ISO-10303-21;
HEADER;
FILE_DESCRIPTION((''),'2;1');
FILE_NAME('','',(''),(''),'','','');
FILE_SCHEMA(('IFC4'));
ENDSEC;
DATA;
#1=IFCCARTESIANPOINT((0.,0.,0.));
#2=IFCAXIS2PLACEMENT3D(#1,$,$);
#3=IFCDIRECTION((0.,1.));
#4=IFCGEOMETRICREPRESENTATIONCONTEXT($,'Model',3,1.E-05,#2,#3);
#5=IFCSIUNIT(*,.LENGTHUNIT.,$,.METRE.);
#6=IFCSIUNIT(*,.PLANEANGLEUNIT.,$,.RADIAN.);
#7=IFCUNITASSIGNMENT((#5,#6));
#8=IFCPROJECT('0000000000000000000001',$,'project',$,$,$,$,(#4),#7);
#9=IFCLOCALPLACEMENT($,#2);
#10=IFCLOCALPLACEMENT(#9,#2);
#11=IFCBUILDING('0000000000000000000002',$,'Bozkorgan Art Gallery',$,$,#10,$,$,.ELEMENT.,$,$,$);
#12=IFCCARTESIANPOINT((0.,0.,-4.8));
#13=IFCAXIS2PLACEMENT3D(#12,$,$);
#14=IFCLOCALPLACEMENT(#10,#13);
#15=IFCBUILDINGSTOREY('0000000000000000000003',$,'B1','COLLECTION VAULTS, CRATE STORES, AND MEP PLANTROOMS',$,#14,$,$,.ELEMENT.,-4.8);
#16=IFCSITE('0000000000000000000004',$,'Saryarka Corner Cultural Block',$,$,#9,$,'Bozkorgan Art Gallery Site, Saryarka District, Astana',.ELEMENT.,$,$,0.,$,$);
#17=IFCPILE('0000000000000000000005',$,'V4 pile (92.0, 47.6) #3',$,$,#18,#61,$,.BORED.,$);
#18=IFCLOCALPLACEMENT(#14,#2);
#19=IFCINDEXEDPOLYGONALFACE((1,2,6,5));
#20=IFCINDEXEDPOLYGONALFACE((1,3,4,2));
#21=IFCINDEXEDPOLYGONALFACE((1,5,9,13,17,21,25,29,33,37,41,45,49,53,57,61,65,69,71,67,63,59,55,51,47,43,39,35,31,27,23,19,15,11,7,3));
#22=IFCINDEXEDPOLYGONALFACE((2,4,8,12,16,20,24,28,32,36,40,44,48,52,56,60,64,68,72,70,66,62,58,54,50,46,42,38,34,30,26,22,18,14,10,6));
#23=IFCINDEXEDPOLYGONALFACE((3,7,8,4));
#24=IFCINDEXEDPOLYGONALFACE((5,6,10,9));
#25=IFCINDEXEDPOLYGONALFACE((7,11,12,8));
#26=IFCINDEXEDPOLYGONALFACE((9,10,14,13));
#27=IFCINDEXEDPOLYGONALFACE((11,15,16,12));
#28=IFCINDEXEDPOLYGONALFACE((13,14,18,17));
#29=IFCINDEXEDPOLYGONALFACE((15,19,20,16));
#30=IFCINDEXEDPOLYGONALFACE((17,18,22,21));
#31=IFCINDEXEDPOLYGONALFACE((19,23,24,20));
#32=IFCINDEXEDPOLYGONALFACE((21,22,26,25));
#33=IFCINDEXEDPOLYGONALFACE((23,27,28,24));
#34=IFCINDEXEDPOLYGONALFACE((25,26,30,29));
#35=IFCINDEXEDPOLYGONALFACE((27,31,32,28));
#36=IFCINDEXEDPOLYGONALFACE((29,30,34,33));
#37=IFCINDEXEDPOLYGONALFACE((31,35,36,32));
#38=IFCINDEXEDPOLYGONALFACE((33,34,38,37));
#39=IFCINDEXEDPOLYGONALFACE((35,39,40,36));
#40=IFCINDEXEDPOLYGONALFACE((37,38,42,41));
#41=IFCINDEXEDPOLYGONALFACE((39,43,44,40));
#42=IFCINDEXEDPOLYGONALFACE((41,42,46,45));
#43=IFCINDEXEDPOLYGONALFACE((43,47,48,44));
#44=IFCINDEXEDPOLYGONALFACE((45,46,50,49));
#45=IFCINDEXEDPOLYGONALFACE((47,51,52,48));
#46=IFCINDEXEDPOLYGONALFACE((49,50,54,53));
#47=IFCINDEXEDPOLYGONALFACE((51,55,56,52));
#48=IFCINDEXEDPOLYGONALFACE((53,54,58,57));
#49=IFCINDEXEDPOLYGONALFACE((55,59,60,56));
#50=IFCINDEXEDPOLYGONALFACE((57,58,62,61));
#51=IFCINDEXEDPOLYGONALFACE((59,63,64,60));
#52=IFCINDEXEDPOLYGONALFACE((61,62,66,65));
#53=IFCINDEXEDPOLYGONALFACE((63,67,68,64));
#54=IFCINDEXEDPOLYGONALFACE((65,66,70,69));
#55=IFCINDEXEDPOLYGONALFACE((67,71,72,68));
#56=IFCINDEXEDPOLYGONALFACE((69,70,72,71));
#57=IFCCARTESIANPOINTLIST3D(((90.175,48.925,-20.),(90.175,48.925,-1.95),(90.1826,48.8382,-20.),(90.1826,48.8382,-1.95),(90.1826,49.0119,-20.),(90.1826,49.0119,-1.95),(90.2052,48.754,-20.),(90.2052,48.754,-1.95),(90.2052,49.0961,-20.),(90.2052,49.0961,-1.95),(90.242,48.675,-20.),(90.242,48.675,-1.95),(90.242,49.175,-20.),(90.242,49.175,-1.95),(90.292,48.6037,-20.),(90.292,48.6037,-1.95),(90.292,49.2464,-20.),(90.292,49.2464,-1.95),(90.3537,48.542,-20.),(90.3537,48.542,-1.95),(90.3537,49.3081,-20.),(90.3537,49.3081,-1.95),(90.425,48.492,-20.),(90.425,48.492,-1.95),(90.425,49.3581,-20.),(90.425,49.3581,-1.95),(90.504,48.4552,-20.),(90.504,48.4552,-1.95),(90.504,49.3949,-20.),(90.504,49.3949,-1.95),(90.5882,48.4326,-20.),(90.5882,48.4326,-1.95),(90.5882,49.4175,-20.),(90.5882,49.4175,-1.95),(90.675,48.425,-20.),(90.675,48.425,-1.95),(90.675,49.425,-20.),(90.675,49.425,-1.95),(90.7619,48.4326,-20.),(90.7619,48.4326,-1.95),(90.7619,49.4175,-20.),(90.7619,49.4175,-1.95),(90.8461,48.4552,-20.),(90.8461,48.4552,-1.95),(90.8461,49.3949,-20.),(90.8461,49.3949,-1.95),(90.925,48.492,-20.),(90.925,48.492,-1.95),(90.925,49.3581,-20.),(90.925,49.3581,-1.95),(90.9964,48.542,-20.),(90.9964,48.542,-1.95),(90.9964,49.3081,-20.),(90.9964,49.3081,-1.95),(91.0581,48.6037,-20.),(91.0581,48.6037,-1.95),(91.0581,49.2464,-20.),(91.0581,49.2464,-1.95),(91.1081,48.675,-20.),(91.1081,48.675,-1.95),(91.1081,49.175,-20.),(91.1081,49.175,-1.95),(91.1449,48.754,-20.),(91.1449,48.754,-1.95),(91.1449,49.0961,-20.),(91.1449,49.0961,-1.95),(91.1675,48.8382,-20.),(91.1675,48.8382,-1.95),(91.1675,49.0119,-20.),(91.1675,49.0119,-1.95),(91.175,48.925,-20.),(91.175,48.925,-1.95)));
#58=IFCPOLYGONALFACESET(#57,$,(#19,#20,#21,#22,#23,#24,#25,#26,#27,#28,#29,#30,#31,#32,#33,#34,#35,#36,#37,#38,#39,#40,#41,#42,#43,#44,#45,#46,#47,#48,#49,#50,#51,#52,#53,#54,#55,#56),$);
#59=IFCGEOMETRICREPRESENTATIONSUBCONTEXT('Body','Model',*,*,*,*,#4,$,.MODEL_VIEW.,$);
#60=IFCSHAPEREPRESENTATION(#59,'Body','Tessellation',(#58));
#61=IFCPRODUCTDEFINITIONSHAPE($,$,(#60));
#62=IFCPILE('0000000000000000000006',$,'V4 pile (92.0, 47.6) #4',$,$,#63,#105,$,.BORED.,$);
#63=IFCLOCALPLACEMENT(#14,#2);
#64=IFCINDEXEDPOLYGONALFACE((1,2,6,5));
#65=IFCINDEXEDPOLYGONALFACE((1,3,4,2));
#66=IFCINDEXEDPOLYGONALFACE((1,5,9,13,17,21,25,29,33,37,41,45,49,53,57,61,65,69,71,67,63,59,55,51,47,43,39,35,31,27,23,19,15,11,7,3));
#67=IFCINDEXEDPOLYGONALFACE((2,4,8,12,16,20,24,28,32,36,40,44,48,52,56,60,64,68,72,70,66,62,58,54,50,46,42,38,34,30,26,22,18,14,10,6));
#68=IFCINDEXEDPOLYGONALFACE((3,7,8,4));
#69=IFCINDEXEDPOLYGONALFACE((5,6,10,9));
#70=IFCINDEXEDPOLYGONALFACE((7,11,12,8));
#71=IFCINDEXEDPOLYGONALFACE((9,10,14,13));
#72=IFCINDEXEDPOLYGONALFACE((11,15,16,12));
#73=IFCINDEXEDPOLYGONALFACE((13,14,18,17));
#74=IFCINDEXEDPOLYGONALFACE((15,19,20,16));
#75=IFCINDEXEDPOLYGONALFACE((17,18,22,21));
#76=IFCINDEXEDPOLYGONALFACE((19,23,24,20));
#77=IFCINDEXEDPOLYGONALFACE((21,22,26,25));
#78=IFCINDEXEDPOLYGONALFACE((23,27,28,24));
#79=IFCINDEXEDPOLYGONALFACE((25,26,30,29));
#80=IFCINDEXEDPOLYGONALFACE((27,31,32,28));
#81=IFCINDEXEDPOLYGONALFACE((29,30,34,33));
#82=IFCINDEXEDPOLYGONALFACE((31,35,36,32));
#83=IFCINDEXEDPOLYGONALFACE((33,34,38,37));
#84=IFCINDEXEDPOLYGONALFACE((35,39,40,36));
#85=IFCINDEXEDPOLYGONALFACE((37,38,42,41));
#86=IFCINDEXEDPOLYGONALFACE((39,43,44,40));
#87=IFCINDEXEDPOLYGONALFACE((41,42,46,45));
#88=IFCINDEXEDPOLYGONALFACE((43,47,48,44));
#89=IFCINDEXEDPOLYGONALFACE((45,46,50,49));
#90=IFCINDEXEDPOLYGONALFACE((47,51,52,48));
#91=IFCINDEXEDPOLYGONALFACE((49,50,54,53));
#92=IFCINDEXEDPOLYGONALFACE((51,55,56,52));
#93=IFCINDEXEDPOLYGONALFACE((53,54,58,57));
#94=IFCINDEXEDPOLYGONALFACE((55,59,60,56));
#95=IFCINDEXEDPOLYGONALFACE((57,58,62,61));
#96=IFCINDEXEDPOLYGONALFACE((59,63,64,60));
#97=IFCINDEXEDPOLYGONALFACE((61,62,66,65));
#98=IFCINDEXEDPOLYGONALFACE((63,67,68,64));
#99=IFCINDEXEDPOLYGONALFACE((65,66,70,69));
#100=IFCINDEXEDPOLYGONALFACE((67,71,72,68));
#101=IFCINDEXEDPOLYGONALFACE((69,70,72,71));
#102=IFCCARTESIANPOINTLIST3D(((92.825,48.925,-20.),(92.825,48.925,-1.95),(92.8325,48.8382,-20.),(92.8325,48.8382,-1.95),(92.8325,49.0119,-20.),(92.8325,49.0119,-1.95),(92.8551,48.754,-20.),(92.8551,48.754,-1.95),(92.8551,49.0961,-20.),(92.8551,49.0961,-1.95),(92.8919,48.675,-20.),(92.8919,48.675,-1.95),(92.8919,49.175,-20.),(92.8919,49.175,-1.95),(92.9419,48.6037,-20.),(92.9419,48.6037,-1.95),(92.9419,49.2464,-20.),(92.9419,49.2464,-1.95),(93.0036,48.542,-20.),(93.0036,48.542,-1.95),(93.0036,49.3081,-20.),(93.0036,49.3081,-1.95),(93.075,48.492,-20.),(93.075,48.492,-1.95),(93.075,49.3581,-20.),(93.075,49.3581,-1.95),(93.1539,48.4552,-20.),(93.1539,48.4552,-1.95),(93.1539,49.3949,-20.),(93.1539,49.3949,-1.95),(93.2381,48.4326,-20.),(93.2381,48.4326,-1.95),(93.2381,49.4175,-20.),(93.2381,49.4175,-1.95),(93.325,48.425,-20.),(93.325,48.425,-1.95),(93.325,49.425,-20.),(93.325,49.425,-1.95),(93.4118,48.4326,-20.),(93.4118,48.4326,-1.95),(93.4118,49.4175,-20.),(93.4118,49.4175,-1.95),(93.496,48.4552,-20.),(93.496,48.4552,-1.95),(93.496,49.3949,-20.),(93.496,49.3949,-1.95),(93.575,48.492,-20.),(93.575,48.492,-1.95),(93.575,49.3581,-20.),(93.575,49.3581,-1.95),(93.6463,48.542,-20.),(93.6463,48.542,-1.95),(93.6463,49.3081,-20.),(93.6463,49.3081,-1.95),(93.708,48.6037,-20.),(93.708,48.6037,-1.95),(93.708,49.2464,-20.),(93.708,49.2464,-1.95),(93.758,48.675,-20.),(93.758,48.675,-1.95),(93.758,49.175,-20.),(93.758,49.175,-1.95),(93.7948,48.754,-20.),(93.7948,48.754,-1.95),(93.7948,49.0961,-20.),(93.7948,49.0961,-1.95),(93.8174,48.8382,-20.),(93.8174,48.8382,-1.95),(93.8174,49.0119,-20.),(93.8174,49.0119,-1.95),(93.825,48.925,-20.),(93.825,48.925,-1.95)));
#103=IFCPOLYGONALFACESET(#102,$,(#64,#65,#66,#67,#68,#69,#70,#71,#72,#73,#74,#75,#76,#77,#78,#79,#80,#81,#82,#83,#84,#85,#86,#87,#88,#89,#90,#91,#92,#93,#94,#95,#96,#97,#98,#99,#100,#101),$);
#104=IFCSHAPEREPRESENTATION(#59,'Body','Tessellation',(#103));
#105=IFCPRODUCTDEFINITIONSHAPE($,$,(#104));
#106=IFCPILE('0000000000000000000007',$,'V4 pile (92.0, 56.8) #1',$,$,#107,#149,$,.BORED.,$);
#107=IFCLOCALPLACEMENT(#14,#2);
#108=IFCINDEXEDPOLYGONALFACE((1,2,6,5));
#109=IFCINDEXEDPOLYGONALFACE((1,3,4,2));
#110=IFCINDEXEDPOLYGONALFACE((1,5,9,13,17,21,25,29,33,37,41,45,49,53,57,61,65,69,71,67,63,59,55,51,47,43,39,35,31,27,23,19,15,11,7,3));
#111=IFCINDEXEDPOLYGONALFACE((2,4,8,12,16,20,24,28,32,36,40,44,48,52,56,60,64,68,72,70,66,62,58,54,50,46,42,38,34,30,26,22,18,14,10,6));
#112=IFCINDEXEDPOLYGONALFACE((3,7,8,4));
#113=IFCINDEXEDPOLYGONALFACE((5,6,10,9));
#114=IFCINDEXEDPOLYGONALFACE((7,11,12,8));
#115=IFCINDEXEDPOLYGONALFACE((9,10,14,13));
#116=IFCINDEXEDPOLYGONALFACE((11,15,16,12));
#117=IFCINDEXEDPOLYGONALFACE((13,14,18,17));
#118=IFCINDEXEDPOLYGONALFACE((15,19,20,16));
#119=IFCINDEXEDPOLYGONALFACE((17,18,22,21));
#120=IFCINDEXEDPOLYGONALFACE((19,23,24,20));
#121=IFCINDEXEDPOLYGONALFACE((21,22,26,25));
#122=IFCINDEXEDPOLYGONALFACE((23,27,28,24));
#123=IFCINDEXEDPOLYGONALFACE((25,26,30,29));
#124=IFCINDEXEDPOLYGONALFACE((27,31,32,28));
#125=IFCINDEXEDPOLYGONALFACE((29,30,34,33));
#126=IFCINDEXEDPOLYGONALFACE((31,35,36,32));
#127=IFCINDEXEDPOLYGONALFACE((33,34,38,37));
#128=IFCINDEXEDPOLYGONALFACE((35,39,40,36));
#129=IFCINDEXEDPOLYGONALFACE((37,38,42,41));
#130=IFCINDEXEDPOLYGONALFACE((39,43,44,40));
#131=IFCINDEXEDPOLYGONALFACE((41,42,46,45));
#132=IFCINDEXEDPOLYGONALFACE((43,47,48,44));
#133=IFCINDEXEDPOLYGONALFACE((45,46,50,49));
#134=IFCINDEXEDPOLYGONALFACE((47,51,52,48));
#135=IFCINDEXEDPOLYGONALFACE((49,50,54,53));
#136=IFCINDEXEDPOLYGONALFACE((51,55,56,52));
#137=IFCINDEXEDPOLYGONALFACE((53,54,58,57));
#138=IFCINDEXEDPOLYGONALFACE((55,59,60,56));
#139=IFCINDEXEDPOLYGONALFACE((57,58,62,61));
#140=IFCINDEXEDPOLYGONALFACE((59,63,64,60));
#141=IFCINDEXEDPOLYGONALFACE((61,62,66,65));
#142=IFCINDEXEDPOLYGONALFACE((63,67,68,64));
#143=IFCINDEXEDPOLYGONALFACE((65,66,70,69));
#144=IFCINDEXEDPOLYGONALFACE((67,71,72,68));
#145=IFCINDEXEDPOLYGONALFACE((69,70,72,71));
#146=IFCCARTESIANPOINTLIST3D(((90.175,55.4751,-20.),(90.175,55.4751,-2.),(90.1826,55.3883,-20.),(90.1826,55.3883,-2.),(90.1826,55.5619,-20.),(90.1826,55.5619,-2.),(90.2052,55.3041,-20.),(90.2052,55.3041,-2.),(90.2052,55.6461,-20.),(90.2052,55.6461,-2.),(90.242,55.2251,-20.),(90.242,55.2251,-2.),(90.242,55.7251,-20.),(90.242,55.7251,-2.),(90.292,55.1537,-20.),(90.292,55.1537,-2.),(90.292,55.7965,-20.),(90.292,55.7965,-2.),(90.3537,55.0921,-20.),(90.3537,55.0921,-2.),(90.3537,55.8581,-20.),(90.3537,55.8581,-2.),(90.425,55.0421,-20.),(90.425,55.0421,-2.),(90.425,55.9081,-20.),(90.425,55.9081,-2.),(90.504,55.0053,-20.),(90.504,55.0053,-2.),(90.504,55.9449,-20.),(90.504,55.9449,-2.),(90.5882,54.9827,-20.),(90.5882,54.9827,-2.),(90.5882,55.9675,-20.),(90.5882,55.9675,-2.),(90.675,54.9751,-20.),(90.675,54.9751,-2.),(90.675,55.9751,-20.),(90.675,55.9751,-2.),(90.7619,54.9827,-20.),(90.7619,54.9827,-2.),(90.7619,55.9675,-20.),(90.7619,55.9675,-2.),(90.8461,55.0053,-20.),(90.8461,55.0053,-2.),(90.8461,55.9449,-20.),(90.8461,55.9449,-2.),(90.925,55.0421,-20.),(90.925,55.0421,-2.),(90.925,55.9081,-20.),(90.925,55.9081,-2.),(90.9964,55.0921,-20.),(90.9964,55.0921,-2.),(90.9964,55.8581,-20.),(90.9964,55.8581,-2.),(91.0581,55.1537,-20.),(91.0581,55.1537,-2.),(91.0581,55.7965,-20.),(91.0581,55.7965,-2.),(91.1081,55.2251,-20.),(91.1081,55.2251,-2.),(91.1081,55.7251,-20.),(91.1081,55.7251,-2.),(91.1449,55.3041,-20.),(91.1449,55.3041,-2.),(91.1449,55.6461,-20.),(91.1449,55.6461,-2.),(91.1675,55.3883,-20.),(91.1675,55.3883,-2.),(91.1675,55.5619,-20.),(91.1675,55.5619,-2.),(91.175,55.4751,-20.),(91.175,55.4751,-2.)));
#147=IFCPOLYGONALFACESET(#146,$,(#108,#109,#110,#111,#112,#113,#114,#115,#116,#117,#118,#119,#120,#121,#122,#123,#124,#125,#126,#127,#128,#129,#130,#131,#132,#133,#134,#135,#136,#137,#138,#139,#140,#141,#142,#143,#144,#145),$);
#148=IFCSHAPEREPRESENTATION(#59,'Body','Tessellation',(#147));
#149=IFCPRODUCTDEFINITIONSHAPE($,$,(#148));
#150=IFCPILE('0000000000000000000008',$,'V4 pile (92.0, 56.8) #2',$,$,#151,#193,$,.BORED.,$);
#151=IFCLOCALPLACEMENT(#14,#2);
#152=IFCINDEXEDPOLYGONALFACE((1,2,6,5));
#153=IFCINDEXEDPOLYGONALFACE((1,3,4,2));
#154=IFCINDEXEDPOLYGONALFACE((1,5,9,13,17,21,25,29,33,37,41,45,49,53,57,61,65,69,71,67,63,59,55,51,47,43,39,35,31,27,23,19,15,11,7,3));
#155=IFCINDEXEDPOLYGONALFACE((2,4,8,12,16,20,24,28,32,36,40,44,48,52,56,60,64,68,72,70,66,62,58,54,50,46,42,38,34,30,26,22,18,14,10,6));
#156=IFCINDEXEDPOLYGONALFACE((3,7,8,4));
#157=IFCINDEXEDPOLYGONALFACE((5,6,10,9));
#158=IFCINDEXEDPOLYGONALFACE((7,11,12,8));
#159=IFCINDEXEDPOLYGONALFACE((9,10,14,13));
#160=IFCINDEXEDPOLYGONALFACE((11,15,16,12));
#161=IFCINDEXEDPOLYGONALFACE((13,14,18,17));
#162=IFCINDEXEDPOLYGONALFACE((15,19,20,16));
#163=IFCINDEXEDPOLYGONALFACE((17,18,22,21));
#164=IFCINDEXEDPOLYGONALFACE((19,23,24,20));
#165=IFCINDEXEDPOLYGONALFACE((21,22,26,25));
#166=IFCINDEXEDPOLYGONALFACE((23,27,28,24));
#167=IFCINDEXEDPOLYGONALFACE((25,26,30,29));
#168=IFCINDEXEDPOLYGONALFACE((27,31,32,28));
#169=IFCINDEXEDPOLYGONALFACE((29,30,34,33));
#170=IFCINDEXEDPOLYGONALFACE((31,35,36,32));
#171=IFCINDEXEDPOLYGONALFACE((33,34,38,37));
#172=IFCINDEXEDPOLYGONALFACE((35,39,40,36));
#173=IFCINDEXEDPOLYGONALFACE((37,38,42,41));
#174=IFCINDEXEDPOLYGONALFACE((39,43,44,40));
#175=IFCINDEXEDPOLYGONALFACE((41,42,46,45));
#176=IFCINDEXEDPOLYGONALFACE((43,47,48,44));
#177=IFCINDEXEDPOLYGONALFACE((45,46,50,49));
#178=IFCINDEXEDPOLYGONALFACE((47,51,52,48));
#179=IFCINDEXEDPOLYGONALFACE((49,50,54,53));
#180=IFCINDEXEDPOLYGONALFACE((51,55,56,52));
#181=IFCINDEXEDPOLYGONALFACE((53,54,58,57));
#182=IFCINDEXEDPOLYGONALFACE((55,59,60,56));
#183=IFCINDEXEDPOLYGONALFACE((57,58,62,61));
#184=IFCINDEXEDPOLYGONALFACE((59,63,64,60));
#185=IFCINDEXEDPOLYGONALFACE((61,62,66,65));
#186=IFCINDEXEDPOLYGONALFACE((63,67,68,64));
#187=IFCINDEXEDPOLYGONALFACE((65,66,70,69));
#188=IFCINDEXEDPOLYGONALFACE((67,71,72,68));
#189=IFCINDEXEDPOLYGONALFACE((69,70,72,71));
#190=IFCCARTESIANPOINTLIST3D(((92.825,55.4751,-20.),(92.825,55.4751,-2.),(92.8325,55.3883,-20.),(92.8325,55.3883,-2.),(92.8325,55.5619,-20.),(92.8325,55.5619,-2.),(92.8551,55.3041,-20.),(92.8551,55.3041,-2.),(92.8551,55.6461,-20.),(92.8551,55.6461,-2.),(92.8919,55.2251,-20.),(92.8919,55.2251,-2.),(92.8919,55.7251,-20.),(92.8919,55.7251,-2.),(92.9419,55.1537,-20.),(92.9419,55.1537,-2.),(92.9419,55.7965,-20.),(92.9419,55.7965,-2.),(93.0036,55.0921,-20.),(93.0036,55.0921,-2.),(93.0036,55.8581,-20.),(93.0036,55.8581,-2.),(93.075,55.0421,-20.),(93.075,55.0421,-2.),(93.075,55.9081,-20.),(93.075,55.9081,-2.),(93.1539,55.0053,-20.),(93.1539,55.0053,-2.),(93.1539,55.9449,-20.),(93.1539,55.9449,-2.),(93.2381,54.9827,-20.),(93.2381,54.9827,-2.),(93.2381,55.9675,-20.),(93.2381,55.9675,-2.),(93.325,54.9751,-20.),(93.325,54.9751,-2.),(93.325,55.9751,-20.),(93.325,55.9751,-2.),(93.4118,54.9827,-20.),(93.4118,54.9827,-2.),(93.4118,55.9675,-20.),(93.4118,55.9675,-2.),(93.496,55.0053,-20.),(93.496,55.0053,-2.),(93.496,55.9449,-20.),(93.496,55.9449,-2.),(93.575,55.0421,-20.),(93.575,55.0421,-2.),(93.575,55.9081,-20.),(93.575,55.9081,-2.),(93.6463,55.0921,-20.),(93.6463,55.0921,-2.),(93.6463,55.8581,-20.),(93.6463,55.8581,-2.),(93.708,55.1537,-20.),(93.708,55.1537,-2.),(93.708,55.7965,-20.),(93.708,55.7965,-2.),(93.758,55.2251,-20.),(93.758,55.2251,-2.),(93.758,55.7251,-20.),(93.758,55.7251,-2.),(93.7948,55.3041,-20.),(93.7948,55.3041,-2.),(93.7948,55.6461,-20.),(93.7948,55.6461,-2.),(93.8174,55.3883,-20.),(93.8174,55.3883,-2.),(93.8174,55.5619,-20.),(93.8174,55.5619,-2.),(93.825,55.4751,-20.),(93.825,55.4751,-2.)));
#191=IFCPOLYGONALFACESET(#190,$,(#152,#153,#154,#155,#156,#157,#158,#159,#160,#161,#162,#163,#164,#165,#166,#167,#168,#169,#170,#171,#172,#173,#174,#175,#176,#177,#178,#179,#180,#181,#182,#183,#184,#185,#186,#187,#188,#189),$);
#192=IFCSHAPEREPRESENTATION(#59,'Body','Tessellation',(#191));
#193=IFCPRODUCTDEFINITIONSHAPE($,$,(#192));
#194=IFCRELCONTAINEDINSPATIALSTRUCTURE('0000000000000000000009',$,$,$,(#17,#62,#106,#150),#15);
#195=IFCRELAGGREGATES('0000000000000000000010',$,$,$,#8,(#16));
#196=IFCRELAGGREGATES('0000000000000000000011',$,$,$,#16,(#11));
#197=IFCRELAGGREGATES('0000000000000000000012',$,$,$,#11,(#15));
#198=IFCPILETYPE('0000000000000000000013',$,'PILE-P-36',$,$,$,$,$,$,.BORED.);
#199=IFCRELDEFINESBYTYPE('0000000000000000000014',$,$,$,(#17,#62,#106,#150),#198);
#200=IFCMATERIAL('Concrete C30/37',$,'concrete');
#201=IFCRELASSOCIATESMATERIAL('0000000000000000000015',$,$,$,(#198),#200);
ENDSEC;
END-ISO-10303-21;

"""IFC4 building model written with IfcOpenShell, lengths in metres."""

from ifc_helpers import new_model, si_unit, direction, frame, origin, origin_2d, place, context, subcontext, project, spatial, circle, extrude, material, material_profile, profile_set, type_object, element, save


model = new_model("IFC4")

# Units and contexts
model_context = context("Model", 3, precision=1e-05, world=origin(), true_north=direction((0.0, 1.0)))
body_context = subcontext(model_context, "Body", "Model", "MODEL_VIEW")
ifc_project = project(units=[si_unit("LENGTHUNIT", "METRE"), si_unit("PLANEANGLEUNIT", "RADIAN")], contexts=[model_context])

# Site, building, storey
site_placement = place(None, origin())
site = spatial("IfcSite", under=ifc_project, at=site_placement, Name="Saryarka Corner Cultural Block", LongName="Bozkorgan Art Gallery Site, Saryarka District, Astana", CompositionType="ELEMENT", RefElevation=0.0)
building_placement = place(site_placement, origin())
building = spatial("IfcBuilding", under=site, at=building_placement, Name="Bozkorgan Art Gallery", CompositionType="ELEMENT")
storey_placement = place(building_placement, frame((0.0, 0.0, -4.8)))
storey = spatial("IfcBuildingStorey", under=building, at=storey_placement, Name="B1", Description="COLLECTION VAULTS, CRATE STORES, AND MEP PLANTROOMS", CompositionType="ELEMENT", Elevation=-4.8)

# Shared definitions
ifc_material_1 = material(Name="Concrete C30/37", Category="concrete")

# Piles
ifc_material_profile_1 = material_profile(ifc_material_1, circle(Radius=0.5, at=origin_2d()), Name="PILE D1000")
ifc_profile_set_1 = profile_set([ifc_material_profile_1], Name="Concrete C30/37")
pile_type_1 = type_object("IfcPileType", Name="PILE-P-36", PredefinedType="BORED", material=ifc_profile_set_1)
for number, where, z_axis, x_axis, name in (
    (1, (90.675, 48.925, -1.95), (0.0, 0.0, -1.0), (1.0, 0.0, 0.0), "V4 pile (92.0, 47.6) #3"),
    (2, (93.325, 48.925, -1.95), (0.0, 0.0, -1.0), (1.0, 0.0, 0.0), "V4 pile (92.0, 47.6) #4"),
):
    element("IfcPile", number, at=place(storey_placement, frame(where, z_axis=z_axis, x_axis=x_axis)), inside=storey, type_object=pile_type_1, Name=name, PredefinedType="BORED", context=body_context, shape_type="SweptSolid", body=[
        extrude(circle(Radius=0.5, at=origin_2d()), origin(), (0.0, 0.0, 1.0), 18.05),
    ])
for number, where, z_axis, x_axis, name in (
    (3, (90.675, 55.4751, -2.0), (0.0, 0.0, -1.0), (1.0, 0.0, 0.0), "V4 pile (92.0, 56.8) #1"),
    (4, (93.325, 55.4751, -2.0), (0.0, 0.0, -1.0), (1.0, 0.0, 0.0), "V4 pile (92.0, 56.8) #2"),
):
    element("IfcPile", number, at=place(storey_placement, frame(where, z_axis=z_axis, x_axis=x_axis)), inside=storey, type_object=pile_type_1, Name=name, PredefinedType="BORED", context=body_context, shape_type="SweptSolid", body=[
        extrude(circle(Radius=0.5, at=origin_2d()), origin(), (0.0, 0.0, 1.0), 18.0),
    ])

save(model, "model.ifc")
